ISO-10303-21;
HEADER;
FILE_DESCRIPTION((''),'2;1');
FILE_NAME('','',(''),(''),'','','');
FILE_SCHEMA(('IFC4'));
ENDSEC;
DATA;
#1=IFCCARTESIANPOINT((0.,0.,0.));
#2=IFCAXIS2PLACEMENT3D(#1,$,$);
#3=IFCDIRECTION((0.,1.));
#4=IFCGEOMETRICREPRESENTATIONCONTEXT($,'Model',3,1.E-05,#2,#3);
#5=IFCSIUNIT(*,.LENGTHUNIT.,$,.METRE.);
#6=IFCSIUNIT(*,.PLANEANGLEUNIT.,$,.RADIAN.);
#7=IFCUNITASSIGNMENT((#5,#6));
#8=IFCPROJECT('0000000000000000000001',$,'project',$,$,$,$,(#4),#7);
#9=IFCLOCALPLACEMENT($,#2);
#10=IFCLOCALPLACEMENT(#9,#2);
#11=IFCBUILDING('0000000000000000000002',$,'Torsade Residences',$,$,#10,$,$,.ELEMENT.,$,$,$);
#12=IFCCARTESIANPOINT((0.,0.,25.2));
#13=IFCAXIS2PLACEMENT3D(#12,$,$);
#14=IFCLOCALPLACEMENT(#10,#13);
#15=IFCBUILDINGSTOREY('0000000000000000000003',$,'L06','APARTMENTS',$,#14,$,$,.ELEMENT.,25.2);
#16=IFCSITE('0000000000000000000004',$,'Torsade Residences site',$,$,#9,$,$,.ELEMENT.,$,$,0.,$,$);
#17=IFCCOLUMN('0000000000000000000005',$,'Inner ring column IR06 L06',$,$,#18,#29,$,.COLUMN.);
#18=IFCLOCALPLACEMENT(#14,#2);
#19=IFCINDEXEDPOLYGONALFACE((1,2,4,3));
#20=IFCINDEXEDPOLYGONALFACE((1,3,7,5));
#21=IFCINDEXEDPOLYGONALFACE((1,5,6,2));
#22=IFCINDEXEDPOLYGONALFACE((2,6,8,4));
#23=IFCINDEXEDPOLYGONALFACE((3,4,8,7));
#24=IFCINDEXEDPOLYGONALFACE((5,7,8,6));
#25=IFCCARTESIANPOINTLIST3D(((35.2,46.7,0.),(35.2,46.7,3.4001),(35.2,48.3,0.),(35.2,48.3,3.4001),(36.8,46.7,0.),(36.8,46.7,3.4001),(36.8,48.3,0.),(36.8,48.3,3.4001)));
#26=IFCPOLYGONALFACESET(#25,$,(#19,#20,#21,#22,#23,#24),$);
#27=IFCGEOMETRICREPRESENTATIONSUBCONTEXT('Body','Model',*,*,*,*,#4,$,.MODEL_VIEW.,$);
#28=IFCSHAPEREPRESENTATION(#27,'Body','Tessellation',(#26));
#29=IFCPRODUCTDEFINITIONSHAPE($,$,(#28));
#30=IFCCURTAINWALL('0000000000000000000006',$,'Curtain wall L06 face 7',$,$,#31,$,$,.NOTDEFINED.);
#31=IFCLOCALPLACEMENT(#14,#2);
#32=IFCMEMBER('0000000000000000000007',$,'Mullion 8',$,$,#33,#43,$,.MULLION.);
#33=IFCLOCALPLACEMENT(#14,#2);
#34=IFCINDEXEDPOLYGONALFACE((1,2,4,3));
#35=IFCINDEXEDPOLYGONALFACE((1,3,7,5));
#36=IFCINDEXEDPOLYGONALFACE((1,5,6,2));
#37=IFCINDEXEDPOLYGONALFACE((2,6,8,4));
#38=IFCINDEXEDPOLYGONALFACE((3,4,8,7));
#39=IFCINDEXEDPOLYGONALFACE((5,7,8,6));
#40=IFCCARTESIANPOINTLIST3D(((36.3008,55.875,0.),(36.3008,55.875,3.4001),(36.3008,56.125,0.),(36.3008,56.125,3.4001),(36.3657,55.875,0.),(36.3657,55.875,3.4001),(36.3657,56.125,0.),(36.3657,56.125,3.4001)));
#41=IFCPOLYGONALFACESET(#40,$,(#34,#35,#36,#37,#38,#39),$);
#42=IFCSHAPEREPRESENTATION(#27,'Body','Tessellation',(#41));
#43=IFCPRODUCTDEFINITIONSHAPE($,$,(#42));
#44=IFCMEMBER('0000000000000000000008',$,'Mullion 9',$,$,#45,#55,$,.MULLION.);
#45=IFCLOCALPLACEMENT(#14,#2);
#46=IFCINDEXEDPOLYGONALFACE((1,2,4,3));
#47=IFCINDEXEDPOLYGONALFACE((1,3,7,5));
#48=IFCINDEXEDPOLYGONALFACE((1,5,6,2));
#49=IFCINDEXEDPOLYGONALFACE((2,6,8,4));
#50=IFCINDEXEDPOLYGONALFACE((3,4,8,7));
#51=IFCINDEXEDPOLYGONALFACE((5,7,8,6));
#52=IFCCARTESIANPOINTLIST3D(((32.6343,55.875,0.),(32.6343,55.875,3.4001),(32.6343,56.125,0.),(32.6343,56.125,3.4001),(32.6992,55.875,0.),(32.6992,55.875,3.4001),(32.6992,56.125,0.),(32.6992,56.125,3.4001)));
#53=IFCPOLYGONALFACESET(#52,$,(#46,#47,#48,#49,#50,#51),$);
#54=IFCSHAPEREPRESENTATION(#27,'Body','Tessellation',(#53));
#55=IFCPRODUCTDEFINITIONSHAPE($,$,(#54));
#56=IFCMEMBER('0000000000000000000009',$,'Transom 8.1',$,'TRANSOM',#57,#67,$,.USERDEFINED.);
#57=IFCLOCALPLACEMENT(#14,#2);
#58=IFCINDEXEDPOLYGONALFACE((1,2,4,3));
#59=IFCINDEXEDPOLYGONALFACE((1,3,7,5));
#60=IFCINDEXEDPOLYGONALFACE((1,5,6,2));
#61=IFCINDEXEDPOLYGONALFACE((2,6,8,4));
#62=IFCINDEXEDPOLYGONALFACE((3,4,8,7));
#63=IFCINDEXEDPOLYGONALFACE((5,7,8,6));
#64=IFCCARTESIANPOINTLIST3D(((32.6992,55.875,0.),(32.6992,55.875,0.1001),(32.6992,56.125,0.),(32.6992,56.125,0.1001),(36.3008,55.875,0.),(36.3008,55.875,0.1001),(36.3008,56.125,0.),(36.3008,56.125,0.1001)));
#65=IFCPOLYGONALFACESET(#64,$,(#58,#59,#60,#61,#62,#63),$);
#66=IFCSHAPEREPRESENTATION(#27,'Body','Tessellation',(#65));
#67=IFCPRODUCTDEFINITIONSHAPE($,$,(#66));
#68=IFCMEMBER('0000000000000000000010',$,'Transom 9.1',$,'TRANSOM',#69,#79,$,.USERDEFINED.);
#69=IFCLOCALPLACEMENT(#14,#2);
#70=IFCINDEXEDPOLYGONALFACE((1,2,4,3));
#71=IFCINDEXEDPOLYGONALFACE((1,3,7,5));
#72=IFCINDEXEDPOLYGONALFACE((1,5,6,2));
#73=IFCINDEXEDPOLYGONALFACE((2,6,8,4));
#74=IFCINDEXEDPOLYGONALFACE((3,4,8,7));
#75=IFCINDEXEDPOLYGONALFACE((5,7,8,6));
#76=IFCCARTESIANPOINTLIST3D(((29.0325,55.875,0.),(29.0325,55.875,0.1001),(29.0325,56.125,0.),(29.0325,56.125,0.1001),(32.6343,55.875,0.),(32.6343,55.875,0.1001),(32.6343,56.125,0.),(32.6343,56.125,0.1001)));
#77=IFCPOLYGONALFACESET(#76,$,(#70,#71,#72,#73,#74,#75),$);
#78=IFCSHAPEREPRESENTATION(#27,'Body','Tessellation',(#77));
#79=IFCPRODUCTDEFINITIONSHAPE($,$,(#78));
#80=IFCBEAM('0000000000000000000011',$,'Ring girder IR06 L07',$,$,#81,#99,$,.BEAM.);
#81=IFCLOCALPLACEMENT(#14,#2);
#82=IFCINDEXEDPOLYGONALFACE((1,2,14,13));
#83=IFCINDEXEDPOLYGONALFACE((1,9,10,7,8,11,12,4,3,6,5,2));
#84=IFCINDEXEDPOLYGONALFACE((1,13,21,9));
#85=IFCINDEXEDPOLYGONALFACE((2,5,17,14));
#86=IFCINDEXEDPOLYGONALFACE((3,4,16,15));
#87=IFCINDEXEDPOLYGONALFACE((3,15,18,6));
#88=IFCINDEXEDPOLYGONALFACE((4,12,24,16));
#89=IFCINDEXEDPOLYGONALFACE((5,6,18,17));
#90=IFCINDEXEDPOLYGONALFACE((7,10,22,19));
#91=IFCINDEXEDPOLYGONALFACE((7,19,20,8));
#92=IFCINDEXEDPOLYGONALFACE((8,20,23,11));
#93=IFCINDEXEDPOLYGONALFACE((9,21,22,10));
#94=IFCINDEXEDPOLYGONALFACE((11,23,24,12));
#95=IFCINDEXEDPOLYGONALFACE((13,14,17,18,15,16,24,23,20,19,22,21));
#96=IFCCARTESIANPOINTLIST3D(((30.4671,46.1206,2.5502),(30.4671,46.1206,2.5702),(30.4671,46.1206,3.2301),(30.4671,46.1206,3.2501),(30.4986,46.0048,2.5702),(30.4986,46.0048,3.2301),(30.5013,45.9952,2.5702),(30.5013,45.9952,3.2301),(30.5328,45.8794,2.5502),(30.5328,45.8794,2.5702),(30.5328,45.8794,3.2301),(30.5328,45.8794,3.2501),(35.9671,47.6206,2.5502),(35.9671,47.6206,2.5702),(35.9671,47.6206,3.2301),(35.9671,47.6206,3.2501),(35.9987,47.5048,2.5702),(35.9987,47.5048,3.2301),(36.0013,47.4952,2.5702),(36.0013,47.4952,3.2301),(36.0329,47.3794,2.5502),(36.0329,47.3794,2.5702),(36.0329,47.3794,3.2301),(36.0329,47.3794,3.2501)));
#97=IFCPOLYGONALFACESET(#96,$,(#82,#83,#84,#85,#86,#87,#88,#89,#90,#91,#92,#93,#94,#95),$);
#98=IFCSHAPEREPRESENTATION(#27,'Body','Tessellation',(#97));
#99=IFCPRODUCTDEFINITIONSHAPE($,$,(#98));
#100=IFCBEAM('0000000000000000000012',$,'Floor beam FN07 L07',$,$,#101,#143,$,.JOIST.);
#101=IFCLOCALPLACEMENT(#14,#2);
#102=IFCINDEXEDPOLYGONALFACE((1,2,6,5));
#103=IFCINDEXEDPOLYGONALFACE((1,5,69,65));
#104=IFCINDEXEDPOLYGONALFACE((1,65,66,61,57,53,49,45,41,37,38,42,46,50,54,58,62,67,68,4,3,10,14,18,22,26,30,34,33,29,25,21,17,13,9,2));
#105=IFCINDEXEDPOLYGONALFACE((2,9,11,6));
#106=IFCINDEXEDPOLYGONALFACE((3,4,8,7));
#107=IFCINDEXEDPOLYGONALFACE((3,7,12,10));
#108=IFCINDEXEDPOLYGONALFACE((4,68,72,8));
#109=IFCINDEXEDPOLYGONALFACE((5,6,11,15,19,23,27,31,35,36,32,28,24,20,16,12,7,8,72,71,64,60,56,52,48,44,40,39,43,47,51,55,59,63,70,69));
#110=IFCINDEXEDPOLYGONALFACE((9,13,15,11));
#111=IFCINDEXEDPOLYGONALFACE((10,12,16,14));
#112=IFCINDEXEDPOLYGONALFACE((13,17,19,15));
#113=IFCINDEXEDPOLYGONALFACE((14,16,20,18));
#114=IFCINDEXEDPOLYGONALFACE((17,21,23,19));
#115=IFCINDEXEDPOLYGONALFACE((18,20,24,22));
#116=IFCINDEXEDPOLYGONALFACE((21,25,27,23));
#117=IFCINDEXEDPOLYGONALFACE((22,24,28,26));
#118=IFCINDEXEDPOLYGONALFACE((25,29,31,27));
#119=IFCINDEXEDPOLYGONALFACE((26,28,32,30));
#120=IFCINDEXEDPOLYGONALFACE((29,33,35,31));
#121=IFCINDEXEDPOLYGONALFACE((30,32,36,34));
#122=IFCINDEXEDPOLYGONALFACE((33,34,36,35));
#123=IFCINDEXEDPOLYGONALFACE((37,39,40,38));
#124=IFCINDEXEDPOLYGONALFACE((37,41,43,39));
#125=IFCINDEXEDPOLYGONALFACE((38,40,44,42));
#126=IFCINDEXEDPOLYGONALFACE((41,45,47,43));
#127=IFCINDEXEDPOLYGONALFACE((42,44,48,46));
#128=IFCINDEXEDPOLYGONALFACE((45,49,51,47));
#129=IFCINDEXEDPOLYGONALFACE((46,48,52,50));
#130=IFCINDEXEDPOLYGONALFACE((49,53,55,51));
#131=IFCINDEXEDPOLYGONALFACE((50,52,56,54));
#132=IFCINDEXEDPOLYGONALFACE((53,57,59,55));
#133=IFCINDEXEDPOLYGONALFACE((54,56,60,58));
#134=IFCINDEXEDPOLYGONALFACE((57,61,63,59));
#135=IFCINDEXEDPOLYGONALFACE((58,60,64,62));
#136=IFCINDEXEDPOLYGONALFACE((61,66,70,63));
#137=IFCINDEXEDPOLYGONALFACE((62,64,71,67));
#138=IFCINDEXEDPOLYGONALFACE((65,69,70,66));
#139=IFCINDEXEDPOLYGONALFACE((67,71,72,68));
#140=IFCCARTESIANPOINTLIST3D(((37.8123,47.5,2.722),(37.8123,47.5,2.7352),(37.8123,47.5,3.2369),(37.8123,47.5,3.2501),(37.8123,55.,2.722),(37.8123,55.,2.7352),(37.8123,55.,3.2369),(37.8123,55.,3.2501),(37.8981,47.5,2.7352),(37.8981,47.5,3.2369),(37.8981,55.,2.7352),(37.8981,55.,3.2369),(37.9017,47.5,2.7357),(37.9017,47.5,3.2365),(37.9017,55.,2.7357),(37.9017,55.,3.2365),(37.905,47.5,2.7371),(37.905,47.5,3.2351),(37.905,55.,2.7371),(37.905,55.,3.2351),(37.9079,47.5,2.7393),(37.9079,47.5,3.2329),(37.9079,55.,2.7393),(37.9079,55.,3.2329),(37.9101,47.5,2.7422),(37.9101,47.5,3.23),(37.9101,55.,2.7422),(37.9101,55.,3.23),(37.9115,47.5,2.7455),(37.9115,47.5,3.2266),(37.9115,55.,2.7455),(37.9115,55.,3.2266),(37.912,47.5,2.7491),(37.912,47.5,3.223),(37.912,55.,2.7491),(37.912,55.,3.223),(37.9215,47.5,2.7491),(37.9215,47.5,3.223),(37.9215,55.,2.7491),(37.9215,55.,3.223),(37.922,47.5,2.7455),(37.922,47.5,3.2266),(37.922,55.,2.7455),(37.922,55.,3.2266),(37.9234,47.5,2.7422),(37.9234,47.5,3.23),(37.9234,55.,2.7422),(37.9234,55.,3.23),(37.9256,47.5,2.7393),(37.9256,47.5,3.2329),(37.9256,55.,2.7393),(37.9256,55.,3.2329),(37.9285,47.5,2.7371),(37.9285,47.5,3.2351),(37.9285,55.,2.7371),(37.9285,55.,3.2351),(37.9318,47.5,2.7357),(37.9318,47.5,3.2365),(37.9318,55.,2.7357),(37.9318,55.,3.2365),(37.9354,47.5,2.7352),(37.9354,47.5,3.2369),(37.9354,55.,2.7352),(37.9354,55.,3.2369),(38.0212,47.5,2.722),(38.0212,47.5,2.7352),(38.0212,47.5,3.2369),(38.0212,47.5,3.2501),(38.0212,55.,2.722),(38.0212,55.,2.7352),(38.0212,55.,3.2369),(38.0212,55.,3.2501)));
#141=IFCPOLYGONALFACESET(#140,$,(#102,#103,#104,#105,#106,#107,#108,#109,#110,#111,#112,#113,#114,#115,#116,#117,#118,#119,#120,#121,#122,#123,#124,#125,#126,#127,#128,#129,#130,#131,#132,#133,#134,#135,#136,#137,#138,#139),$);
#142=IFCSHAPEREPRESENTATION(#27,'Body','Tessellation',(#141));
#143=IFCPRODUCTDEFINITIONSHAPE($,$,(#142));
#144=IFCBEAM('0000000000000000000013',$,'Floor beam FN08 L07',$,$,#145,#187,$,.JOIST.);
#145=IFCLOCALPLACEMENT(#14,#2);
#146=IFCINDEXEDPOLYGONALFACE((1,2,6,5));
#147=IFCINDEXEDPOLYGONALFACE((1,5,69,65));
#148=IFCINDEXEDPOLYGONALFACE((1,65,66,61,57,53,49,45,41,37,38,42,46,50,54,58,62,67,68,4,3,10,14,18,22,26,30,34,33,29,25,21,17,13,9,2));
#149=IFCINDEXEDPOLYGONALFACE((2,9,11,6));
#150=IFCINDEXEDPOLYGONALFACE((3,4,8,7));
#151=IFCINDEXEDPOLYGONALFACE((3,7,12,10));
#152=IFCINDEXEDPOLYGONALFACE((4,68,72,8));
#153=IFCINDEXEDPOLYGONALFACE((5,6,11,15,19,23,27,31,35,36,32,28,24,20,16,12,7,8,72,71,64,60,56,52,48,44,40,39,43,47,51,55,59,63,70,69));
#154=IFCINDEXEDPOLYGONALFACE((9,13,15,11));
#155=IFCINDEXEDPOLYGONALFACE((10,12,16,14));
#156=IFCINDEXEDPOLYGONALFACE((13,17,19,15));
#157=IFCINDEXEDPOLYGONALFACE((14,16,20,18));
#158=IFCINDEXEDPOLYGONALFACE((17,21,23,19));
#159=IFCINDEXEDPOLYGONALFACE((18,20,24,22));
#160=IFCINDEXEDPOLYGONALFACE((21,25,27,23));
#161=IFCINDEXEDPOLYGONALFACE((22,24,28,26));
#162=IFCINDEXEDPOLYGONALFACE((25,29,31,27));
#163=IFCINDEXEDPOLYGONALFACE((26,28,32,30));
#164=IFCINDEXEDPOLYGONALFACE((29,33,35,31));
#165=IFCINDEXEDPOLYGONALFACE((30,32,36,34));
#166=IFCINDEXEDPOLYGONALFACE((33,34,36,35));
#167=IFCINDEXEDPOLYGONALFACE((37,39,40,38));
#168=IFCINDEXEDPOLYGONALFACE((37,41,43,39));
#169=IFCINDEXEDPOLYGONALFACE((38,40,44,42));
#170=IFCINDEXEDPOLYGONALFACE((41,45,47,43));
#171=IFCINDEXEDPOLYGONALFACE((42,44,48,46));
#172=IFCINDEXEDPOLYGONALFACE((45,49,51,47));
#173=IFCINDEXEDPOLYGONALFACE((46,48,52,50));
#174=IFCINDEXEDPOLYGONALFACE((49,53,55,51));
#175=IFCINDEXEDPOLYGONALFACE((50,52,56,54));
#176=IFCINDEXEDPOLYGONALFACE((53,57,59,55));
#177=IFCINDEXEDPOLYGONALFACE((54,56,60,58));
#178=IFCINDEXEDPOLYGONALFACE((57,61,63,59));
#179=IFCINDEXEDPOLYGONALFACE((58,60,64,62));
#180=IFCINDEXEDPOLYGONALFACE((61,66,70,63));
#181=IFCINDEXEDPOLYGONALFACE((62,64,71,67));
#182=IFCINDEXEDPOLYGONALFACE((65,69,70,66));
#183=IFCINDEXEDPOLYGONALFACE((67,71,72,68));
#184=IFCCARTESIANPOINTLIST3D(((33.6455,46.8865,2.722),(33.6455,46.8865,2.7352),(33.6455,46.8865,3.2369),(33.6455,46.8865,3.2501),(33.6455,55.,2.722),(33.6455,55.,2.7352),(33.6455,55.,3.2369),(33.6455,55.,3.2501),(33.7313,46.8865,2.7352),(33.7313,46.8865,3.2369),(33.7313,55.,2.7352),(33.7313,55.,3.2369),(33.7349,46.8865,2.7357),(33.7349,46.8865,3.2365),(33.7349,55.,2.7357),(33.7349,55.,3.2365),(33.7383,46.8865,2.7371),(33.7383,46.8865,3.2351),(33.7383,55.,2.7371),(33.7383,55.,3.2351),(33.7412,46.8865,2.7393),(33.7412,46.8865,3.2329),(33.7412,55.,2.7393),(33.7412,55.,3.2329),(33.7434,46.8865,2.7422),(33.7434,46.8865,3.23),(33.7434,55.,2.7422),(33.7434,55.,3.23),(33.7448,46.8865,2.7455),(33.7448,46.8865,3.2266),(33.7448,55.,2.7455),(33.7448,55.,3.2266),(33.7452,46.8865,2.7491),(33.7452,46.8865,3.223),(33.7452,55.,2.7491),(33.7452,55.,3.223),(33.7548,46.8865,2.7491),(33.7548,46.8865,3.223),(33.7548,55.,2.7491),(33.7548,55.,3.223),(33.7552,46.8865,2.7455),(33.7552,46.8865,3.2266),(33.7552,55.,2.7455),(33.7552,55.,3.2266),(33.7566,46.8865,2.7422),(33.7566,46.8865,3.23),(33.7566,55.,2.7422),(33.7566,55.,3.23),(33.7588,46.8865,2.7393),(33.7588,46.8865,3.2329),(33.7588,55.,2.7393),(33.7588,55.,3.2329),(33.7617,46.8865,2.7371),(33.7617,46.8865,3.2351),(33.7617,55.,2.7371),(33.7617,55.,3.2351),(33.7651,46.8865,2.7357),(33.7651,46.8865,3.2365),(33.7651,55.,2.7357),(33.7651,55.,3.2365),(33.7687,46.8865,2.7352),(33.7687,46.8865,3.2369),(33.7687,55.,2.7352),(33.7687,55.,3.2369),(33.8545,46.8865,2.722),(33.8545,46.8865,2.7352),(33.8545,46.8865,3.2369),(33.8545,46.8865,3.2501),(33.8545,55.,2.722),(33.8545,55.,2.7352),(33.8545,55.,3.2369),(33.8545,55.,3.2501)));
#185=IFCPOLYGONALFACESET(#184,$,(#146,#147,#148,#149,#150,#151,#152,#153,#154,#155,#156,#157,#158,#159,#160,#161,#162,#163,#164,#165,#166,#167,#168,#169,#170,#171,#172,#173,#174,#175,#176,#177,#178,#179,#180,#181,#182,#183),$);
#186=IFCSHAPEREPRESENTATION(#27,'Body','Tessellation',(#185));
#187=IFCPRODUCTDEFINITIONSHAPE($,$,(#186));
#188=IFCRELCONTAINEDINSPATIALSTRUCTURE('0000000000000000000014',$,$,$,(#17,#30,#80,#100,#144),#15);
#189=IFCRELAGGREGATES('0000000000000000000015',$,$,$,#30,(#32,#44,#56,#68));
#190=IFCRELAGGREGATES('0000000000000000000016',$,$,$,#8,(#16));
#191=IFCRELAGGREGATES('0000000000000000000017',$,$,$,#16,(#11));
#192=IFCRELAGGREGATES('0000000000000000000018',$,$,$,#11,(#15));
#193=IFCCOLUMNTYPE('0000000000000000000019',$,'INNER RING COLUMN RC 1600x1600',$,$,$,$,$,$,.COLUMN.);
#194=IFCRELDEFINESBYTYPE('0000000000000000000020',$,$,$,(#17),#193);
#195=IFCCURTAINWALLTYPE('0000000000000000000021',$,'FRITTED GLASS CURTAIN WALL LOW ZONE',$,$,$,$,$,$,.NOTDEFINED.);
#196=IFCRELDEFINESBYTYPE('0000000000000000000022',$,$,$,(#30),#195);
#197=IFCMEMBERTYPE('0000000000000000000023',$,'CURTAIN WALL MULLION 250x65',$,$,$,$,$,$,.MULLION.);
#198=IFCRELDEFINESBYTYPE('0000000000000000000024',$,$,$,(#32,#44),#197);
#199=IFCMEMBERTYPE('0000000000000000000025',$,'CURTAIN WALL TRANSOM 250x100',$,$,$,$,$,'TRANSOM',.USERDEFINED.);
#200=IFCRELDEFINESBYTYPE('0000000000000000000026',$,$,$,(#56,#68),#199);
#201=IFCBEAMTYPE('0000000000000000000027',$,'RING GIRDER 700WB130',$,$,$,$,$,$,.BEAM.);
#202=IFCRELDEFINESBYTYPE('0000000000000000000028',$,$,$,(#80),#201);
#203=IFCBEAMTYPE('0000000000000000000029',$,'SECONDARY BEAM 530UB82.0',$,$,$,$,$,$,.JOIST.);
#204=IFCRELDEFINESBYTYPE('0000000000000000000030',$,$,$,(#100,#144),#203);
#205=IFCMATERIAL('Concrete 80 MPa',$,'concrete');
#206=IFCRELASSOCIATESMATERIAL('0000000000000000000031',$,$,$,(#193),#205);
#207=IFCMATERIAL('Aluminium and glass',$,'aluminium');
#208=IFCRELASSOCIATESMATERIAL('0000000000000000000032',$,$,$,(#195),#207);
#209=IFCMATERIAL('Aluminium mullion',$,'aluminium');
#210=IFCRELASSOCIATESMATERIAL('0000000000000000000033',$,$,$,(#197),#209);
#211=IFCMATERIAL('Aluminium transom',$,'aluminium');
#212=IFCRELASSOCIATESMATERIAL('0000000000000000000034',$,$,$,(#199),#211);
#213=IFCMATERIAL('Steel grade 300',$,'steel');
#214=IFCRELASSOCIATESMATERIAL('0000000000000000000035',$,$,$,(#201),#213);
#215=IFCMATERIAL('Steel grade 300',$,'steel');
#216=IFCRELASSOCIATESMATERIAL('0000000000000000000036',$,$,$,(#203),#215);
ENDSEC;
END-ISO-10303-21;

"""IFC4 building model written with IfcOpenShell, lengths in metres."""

from ifc_helpers import new_model, si_unit, direction, frame, origin, origin_2d, place, context, subcontext, project, spatial, rectangle, i_section, extrude, material, material_profile, profile_set, type_object, element, aggregate, save


model = new_model("IFC4")

# Units and contexts
model_context = context("Model", 3, precision=1e-05, world=origin(), true_north=direction((0.0, 1.0)))
body_context = subcontext(model_context, "Body", "Model", "MODEL_VIEW")
ifc_project = project(units=[si_unit("LENGTHUNIT", "METRE"), si_unit("PLANEANGLEUNIT", "RADIAN")], contexts=[model_context])

# Site, building, storey
site_placement = place(None, origin())
site = spatial("IfcSite", under=ifc_project, at=site_placement, Name="Torsade Residences site", CompositionType="ELEMENT", RefElevation=0.0)
building_placement = place(site_placement, origin())
building = spatial("IfcBuilding", under=site, at=building_placement, Name="Torsade Residences", CompositionType="ELEMENT")
storey_placement = place(building_placement, frame((0.0, 0.0, 25.2)))
storey = spatial("IfcBuildingStorey", under=building, at=storey_placement, Name="L06", Description="APARTMENTS", CompositionType="ELEMENT", Elevation=25.2)

# Column
ifc_material_1 = material(Name="Concrete 80 MPa", Category="concrete")
ifc_material_profile_1 = material_profile(ifc_material_1, rectangle(XDim=1.6001, YDim=1.6001, at=origin_2d()), Name="RC 1600x1600")
ifc_profile_set_1 = profile_set([ifc_material_profile_1], Name="Concrete 80 MPa")
column_type = type_object("IfcColumnType", Name="INNER RING COLUMN RC 1600x1600", PredefinedType="COLUMN", material=ifc_profile_set_1)
column_placement = place(storey_placement, frame((36.0, 47.5, 0.0), z_axis=(0.0, 0.0, 1.0), x_axis=(1.0, 0.0, 0.0)))
element("IfcColumn", 1, at=column_placement, inside=storey, type_object=column_type, Name="Inner ring column IR06 L06", PredefinedType="COLUMN", context=body_context, shape_type="SweptSolid", body=[
    extrude(rectangle(XDim=1.6001, YDim=1.6001, at=origin_2d()), origin(), (0.0, 0.0, 1.0), 3.4001),
])

# Curtain wall, members
ifc_material_2 = material(Name="Aluminium and glass", Category="aluminium")
curtain_wall_type = type_object("IfcCurtainWallType", Name="FRITTED GLASS CURTAIN WALL LOW ZONE", PredefinedType="NOTDEFINED", material=ifc_material_2)
curtain_wall_placement = place(storey_placement, origin())
curtain_wall = element("IfcCurtainWall", 2, at=curtain_wall_placement, inside=storey, type_object=curtain_wall_type, Name="Curtain wall L06 face 7", PredefinedType="NOTDEFINED")
ifc_material_3 = material(Name="Aluminium mullion", Category="aluminium")
ifc_material_profile_2 = material_profile(ifc_material_3, rectangle(XDim=0.25, YDim=0.0649, at=origin_2d()), Name="CURTAIN WALL MULLION 250x65")
ifc_profile_set_2 = profile_set([ifc_material_profile_2], Name="Aluminium mullion")
member_type_1 = type_object("IfcMemberType", Name="CURTAIN WALL MULLION 250x65", PredefinedType="MULLION", material=ifc_profile_set_2)
member_1_placement = place(storey_placement, frame((36.3333, 56.0, 0.0), z_axis=(0.0, 0.0, 1.0), x_axis=(0.0, -1.0, 0.0)))
member_1 = element("IfcMember", 3, at=member_1_placement, type_object=member_type_1, Name="Mullion 8", PredefinedType="MULLION", context=body_context, shape_type="SweptSolid", body=[
    extrude(rectangle(XDim=0.25, YDim=0.0649, at=origin_2d()), origin(), (0.0, 0.0, 1.0), 3.4001),
])
member_2_placement = place(storey_placement, frame((32.6667, 56.0, 0.0), z_axis=(0.0, 0.0, 1.0), x_axis=(0.0, -1.0, 0.0)))
member_2 = element("IfcMember", 4, at=member_2_placement, type_object=member_type_1, Name="Mullion 9", PredefinedType="MULLION", context=body_context, shape_type="SweptSolid", body=[
    extrude(rectangle(XDim=0.25, YDim=0.0649, at=origin_2d()), origin(), (0.0, 0.0, 1.0), 3.4001),
])
ifc_material_4 = material(Name="Aluminium transom", Category="aluminium")
ifc_material_profile_3 = material_profile(ifc_material_4, rectangle(XDim=0.25, YDim=0.1001, at=origin_2d()), Name="CURTAIN WALL TRANSOM 250x100")
ifc_profile_set_3 = profile_set([ifc_material_profile_3], Name="Aluminium transom")
member_type_2 = type_object("IfcMemberType", Name="CURTAIN WALL TRANSOM 250x100", ElementType="TRANSOM", PredefinedType="USERDEFINED", material=ifc_profile_set_3)
member_3_placement = place(storey_placement, frame((36.3008, 56.0, 0.05), z_axis=(-1.0, 0.0, 0.0), x_axis=(0.0, -1.0, 0.0)))
member_3 = element("IfcMember", 5, at=member_3_placement, type_object=member_type_2, Name="Transom 8.1", ObjectType="TRANSOM", PredefinedType="USERDEFINED", context=body_context, shape_type="SweptSolid", body=[
    extrude(rectangle(XDim=0.25, YDim=0.1001, at=origin_2d()), origin(), (0.0, 0.0, 1.0), 3.6016),
])
member_4_placement = place(storey_placement, frame((32.6343, 56.0, 0.05), z_axis=(-1.0, 0.0, 0.0), x_axis=(0.0, -1.0, 0.0)))
member_4 = element("IfcMember", 6, at=member_4_placement, type_object=member_type_2, Name="Transom 9.1", ObjectType="TRANSOM", PredefinedType="USERDEFINED", context=body_context, shape_type="SweptSolid", body=[
    extrude(rectangle(XDim=0.25, YDim=0.1001, at=origin_2d()), origin(), (0.0, 0.0, 1.0), 3.6018),
])

# Beams
ifc_material_5 = material(Name="Steel grade 300", Category="steel")
ifc_material_profile_4 = material_profile(ifc_material_5, i_section(OverallWidth=0.25, OverallDepth=0.7, WebThickness=0.01, FlangeThickness=0.02, at=origin_2d()), Name="700WB130")
ifc_profile_set_4 = profile_set([ifc_material_profile_4], Name="Steel grade 300")
beam_type_1 = type_object("IfcBeamType", Name="RING GIRDER 700WB130", PredefinedType="BEAM", material=ifc_profile_set_4)
beam_1_placement = place(storey_placement, frame((36.0, 47.5, 2.9001), z_axis=(-0.964764, -0.263117, 0.0), x_axis=(0.263117, -0.964764, 0.0)))
element("IfcBeam", 7, at=beam_1_placement, inside=storey, type_object=beam_type_1, Name="Ring girder IR06 L07", PredefinedType="BEAM", context=body_context, shape_type="SweptSolid", body=[
    extrude(i_section(OverallWidth=0.25, OverallDepth=0.7, WebThickness=0.01, FlangeThickness=0.02, at=origin_2d()), origin(), (0.0, 0.0, 1.0), 5.7009),
])
ifc_material_6 = material(Name="Steel grade 300", Category="steel")
ifc_material_profile_5 = material_profile(ifc_material_6, i_section(OverallWidth=0.209, OverallDepth=0.5281, WebThickness=0.0095, FlangeThickness=0.0132, FilletRadius=0.0139, at=origin_2d()), Name="530UB82.0")
ifc_profile_set_5 = profile_set([ifc_material_profile_5], Name="Steel grade 300")
beam_type_2 = type_object("IfcBeamType", Name="SECONDARY BEAM 530UB82.0", PredefinedType="JOIST", material=ifc_profile_set_5)
beam_2_placement = place(storey_placement, frame((37.9167, 55.0, 2.9861), z_axis=(0.0, -1.0, 0.0), x_axis=(1.0, 0.0, 0.0)))
element("IfcBeam", 8, at=beam_2_placement, inside=storey, type_object=beam_type_2, Name="Floor beam FN07 L07", PredefinedType="JOIST", context=body_context, shape_type="SweptSolid", body=[
    extrude(i_section(OverallWidth=0.209, OverallDepth=0.5281, WebThickness=0.0095, FlangeThickness=0.0132, FilletRadius=0.0139, at=origin_2d()), origin(), (0.0, 0.0, 1.0), 7.5),
])
beam_3_placement = place(storey_placement, frame((33.75, 55.0, 2.9861), z_axis=(0.0, -1.0, 0.0), x_axis=(1.0, 0.0, 0.0)))
element("IfcBeam", 9, at=beam_3_placement, inside=storey, type_object=beam_type_2, Name="Floor beam FN08 L07", PredefinedType="JOIST", context=body_context, shape_type="SweptSolid", body=[
    extrude(i_section(OverallWidth=0.209, OverallDepth=0.5281, WebThickness=0.0095, FlangeThickness=0.0132, FilletRadius=0.0139, at=origin_2d()), origin(), (0.0, 0.0, 1.0), 8.1135),
])

aggregate(curtain_wall, [member_1, member_2, member_3, member_4])

save(model, "model.ifc")
